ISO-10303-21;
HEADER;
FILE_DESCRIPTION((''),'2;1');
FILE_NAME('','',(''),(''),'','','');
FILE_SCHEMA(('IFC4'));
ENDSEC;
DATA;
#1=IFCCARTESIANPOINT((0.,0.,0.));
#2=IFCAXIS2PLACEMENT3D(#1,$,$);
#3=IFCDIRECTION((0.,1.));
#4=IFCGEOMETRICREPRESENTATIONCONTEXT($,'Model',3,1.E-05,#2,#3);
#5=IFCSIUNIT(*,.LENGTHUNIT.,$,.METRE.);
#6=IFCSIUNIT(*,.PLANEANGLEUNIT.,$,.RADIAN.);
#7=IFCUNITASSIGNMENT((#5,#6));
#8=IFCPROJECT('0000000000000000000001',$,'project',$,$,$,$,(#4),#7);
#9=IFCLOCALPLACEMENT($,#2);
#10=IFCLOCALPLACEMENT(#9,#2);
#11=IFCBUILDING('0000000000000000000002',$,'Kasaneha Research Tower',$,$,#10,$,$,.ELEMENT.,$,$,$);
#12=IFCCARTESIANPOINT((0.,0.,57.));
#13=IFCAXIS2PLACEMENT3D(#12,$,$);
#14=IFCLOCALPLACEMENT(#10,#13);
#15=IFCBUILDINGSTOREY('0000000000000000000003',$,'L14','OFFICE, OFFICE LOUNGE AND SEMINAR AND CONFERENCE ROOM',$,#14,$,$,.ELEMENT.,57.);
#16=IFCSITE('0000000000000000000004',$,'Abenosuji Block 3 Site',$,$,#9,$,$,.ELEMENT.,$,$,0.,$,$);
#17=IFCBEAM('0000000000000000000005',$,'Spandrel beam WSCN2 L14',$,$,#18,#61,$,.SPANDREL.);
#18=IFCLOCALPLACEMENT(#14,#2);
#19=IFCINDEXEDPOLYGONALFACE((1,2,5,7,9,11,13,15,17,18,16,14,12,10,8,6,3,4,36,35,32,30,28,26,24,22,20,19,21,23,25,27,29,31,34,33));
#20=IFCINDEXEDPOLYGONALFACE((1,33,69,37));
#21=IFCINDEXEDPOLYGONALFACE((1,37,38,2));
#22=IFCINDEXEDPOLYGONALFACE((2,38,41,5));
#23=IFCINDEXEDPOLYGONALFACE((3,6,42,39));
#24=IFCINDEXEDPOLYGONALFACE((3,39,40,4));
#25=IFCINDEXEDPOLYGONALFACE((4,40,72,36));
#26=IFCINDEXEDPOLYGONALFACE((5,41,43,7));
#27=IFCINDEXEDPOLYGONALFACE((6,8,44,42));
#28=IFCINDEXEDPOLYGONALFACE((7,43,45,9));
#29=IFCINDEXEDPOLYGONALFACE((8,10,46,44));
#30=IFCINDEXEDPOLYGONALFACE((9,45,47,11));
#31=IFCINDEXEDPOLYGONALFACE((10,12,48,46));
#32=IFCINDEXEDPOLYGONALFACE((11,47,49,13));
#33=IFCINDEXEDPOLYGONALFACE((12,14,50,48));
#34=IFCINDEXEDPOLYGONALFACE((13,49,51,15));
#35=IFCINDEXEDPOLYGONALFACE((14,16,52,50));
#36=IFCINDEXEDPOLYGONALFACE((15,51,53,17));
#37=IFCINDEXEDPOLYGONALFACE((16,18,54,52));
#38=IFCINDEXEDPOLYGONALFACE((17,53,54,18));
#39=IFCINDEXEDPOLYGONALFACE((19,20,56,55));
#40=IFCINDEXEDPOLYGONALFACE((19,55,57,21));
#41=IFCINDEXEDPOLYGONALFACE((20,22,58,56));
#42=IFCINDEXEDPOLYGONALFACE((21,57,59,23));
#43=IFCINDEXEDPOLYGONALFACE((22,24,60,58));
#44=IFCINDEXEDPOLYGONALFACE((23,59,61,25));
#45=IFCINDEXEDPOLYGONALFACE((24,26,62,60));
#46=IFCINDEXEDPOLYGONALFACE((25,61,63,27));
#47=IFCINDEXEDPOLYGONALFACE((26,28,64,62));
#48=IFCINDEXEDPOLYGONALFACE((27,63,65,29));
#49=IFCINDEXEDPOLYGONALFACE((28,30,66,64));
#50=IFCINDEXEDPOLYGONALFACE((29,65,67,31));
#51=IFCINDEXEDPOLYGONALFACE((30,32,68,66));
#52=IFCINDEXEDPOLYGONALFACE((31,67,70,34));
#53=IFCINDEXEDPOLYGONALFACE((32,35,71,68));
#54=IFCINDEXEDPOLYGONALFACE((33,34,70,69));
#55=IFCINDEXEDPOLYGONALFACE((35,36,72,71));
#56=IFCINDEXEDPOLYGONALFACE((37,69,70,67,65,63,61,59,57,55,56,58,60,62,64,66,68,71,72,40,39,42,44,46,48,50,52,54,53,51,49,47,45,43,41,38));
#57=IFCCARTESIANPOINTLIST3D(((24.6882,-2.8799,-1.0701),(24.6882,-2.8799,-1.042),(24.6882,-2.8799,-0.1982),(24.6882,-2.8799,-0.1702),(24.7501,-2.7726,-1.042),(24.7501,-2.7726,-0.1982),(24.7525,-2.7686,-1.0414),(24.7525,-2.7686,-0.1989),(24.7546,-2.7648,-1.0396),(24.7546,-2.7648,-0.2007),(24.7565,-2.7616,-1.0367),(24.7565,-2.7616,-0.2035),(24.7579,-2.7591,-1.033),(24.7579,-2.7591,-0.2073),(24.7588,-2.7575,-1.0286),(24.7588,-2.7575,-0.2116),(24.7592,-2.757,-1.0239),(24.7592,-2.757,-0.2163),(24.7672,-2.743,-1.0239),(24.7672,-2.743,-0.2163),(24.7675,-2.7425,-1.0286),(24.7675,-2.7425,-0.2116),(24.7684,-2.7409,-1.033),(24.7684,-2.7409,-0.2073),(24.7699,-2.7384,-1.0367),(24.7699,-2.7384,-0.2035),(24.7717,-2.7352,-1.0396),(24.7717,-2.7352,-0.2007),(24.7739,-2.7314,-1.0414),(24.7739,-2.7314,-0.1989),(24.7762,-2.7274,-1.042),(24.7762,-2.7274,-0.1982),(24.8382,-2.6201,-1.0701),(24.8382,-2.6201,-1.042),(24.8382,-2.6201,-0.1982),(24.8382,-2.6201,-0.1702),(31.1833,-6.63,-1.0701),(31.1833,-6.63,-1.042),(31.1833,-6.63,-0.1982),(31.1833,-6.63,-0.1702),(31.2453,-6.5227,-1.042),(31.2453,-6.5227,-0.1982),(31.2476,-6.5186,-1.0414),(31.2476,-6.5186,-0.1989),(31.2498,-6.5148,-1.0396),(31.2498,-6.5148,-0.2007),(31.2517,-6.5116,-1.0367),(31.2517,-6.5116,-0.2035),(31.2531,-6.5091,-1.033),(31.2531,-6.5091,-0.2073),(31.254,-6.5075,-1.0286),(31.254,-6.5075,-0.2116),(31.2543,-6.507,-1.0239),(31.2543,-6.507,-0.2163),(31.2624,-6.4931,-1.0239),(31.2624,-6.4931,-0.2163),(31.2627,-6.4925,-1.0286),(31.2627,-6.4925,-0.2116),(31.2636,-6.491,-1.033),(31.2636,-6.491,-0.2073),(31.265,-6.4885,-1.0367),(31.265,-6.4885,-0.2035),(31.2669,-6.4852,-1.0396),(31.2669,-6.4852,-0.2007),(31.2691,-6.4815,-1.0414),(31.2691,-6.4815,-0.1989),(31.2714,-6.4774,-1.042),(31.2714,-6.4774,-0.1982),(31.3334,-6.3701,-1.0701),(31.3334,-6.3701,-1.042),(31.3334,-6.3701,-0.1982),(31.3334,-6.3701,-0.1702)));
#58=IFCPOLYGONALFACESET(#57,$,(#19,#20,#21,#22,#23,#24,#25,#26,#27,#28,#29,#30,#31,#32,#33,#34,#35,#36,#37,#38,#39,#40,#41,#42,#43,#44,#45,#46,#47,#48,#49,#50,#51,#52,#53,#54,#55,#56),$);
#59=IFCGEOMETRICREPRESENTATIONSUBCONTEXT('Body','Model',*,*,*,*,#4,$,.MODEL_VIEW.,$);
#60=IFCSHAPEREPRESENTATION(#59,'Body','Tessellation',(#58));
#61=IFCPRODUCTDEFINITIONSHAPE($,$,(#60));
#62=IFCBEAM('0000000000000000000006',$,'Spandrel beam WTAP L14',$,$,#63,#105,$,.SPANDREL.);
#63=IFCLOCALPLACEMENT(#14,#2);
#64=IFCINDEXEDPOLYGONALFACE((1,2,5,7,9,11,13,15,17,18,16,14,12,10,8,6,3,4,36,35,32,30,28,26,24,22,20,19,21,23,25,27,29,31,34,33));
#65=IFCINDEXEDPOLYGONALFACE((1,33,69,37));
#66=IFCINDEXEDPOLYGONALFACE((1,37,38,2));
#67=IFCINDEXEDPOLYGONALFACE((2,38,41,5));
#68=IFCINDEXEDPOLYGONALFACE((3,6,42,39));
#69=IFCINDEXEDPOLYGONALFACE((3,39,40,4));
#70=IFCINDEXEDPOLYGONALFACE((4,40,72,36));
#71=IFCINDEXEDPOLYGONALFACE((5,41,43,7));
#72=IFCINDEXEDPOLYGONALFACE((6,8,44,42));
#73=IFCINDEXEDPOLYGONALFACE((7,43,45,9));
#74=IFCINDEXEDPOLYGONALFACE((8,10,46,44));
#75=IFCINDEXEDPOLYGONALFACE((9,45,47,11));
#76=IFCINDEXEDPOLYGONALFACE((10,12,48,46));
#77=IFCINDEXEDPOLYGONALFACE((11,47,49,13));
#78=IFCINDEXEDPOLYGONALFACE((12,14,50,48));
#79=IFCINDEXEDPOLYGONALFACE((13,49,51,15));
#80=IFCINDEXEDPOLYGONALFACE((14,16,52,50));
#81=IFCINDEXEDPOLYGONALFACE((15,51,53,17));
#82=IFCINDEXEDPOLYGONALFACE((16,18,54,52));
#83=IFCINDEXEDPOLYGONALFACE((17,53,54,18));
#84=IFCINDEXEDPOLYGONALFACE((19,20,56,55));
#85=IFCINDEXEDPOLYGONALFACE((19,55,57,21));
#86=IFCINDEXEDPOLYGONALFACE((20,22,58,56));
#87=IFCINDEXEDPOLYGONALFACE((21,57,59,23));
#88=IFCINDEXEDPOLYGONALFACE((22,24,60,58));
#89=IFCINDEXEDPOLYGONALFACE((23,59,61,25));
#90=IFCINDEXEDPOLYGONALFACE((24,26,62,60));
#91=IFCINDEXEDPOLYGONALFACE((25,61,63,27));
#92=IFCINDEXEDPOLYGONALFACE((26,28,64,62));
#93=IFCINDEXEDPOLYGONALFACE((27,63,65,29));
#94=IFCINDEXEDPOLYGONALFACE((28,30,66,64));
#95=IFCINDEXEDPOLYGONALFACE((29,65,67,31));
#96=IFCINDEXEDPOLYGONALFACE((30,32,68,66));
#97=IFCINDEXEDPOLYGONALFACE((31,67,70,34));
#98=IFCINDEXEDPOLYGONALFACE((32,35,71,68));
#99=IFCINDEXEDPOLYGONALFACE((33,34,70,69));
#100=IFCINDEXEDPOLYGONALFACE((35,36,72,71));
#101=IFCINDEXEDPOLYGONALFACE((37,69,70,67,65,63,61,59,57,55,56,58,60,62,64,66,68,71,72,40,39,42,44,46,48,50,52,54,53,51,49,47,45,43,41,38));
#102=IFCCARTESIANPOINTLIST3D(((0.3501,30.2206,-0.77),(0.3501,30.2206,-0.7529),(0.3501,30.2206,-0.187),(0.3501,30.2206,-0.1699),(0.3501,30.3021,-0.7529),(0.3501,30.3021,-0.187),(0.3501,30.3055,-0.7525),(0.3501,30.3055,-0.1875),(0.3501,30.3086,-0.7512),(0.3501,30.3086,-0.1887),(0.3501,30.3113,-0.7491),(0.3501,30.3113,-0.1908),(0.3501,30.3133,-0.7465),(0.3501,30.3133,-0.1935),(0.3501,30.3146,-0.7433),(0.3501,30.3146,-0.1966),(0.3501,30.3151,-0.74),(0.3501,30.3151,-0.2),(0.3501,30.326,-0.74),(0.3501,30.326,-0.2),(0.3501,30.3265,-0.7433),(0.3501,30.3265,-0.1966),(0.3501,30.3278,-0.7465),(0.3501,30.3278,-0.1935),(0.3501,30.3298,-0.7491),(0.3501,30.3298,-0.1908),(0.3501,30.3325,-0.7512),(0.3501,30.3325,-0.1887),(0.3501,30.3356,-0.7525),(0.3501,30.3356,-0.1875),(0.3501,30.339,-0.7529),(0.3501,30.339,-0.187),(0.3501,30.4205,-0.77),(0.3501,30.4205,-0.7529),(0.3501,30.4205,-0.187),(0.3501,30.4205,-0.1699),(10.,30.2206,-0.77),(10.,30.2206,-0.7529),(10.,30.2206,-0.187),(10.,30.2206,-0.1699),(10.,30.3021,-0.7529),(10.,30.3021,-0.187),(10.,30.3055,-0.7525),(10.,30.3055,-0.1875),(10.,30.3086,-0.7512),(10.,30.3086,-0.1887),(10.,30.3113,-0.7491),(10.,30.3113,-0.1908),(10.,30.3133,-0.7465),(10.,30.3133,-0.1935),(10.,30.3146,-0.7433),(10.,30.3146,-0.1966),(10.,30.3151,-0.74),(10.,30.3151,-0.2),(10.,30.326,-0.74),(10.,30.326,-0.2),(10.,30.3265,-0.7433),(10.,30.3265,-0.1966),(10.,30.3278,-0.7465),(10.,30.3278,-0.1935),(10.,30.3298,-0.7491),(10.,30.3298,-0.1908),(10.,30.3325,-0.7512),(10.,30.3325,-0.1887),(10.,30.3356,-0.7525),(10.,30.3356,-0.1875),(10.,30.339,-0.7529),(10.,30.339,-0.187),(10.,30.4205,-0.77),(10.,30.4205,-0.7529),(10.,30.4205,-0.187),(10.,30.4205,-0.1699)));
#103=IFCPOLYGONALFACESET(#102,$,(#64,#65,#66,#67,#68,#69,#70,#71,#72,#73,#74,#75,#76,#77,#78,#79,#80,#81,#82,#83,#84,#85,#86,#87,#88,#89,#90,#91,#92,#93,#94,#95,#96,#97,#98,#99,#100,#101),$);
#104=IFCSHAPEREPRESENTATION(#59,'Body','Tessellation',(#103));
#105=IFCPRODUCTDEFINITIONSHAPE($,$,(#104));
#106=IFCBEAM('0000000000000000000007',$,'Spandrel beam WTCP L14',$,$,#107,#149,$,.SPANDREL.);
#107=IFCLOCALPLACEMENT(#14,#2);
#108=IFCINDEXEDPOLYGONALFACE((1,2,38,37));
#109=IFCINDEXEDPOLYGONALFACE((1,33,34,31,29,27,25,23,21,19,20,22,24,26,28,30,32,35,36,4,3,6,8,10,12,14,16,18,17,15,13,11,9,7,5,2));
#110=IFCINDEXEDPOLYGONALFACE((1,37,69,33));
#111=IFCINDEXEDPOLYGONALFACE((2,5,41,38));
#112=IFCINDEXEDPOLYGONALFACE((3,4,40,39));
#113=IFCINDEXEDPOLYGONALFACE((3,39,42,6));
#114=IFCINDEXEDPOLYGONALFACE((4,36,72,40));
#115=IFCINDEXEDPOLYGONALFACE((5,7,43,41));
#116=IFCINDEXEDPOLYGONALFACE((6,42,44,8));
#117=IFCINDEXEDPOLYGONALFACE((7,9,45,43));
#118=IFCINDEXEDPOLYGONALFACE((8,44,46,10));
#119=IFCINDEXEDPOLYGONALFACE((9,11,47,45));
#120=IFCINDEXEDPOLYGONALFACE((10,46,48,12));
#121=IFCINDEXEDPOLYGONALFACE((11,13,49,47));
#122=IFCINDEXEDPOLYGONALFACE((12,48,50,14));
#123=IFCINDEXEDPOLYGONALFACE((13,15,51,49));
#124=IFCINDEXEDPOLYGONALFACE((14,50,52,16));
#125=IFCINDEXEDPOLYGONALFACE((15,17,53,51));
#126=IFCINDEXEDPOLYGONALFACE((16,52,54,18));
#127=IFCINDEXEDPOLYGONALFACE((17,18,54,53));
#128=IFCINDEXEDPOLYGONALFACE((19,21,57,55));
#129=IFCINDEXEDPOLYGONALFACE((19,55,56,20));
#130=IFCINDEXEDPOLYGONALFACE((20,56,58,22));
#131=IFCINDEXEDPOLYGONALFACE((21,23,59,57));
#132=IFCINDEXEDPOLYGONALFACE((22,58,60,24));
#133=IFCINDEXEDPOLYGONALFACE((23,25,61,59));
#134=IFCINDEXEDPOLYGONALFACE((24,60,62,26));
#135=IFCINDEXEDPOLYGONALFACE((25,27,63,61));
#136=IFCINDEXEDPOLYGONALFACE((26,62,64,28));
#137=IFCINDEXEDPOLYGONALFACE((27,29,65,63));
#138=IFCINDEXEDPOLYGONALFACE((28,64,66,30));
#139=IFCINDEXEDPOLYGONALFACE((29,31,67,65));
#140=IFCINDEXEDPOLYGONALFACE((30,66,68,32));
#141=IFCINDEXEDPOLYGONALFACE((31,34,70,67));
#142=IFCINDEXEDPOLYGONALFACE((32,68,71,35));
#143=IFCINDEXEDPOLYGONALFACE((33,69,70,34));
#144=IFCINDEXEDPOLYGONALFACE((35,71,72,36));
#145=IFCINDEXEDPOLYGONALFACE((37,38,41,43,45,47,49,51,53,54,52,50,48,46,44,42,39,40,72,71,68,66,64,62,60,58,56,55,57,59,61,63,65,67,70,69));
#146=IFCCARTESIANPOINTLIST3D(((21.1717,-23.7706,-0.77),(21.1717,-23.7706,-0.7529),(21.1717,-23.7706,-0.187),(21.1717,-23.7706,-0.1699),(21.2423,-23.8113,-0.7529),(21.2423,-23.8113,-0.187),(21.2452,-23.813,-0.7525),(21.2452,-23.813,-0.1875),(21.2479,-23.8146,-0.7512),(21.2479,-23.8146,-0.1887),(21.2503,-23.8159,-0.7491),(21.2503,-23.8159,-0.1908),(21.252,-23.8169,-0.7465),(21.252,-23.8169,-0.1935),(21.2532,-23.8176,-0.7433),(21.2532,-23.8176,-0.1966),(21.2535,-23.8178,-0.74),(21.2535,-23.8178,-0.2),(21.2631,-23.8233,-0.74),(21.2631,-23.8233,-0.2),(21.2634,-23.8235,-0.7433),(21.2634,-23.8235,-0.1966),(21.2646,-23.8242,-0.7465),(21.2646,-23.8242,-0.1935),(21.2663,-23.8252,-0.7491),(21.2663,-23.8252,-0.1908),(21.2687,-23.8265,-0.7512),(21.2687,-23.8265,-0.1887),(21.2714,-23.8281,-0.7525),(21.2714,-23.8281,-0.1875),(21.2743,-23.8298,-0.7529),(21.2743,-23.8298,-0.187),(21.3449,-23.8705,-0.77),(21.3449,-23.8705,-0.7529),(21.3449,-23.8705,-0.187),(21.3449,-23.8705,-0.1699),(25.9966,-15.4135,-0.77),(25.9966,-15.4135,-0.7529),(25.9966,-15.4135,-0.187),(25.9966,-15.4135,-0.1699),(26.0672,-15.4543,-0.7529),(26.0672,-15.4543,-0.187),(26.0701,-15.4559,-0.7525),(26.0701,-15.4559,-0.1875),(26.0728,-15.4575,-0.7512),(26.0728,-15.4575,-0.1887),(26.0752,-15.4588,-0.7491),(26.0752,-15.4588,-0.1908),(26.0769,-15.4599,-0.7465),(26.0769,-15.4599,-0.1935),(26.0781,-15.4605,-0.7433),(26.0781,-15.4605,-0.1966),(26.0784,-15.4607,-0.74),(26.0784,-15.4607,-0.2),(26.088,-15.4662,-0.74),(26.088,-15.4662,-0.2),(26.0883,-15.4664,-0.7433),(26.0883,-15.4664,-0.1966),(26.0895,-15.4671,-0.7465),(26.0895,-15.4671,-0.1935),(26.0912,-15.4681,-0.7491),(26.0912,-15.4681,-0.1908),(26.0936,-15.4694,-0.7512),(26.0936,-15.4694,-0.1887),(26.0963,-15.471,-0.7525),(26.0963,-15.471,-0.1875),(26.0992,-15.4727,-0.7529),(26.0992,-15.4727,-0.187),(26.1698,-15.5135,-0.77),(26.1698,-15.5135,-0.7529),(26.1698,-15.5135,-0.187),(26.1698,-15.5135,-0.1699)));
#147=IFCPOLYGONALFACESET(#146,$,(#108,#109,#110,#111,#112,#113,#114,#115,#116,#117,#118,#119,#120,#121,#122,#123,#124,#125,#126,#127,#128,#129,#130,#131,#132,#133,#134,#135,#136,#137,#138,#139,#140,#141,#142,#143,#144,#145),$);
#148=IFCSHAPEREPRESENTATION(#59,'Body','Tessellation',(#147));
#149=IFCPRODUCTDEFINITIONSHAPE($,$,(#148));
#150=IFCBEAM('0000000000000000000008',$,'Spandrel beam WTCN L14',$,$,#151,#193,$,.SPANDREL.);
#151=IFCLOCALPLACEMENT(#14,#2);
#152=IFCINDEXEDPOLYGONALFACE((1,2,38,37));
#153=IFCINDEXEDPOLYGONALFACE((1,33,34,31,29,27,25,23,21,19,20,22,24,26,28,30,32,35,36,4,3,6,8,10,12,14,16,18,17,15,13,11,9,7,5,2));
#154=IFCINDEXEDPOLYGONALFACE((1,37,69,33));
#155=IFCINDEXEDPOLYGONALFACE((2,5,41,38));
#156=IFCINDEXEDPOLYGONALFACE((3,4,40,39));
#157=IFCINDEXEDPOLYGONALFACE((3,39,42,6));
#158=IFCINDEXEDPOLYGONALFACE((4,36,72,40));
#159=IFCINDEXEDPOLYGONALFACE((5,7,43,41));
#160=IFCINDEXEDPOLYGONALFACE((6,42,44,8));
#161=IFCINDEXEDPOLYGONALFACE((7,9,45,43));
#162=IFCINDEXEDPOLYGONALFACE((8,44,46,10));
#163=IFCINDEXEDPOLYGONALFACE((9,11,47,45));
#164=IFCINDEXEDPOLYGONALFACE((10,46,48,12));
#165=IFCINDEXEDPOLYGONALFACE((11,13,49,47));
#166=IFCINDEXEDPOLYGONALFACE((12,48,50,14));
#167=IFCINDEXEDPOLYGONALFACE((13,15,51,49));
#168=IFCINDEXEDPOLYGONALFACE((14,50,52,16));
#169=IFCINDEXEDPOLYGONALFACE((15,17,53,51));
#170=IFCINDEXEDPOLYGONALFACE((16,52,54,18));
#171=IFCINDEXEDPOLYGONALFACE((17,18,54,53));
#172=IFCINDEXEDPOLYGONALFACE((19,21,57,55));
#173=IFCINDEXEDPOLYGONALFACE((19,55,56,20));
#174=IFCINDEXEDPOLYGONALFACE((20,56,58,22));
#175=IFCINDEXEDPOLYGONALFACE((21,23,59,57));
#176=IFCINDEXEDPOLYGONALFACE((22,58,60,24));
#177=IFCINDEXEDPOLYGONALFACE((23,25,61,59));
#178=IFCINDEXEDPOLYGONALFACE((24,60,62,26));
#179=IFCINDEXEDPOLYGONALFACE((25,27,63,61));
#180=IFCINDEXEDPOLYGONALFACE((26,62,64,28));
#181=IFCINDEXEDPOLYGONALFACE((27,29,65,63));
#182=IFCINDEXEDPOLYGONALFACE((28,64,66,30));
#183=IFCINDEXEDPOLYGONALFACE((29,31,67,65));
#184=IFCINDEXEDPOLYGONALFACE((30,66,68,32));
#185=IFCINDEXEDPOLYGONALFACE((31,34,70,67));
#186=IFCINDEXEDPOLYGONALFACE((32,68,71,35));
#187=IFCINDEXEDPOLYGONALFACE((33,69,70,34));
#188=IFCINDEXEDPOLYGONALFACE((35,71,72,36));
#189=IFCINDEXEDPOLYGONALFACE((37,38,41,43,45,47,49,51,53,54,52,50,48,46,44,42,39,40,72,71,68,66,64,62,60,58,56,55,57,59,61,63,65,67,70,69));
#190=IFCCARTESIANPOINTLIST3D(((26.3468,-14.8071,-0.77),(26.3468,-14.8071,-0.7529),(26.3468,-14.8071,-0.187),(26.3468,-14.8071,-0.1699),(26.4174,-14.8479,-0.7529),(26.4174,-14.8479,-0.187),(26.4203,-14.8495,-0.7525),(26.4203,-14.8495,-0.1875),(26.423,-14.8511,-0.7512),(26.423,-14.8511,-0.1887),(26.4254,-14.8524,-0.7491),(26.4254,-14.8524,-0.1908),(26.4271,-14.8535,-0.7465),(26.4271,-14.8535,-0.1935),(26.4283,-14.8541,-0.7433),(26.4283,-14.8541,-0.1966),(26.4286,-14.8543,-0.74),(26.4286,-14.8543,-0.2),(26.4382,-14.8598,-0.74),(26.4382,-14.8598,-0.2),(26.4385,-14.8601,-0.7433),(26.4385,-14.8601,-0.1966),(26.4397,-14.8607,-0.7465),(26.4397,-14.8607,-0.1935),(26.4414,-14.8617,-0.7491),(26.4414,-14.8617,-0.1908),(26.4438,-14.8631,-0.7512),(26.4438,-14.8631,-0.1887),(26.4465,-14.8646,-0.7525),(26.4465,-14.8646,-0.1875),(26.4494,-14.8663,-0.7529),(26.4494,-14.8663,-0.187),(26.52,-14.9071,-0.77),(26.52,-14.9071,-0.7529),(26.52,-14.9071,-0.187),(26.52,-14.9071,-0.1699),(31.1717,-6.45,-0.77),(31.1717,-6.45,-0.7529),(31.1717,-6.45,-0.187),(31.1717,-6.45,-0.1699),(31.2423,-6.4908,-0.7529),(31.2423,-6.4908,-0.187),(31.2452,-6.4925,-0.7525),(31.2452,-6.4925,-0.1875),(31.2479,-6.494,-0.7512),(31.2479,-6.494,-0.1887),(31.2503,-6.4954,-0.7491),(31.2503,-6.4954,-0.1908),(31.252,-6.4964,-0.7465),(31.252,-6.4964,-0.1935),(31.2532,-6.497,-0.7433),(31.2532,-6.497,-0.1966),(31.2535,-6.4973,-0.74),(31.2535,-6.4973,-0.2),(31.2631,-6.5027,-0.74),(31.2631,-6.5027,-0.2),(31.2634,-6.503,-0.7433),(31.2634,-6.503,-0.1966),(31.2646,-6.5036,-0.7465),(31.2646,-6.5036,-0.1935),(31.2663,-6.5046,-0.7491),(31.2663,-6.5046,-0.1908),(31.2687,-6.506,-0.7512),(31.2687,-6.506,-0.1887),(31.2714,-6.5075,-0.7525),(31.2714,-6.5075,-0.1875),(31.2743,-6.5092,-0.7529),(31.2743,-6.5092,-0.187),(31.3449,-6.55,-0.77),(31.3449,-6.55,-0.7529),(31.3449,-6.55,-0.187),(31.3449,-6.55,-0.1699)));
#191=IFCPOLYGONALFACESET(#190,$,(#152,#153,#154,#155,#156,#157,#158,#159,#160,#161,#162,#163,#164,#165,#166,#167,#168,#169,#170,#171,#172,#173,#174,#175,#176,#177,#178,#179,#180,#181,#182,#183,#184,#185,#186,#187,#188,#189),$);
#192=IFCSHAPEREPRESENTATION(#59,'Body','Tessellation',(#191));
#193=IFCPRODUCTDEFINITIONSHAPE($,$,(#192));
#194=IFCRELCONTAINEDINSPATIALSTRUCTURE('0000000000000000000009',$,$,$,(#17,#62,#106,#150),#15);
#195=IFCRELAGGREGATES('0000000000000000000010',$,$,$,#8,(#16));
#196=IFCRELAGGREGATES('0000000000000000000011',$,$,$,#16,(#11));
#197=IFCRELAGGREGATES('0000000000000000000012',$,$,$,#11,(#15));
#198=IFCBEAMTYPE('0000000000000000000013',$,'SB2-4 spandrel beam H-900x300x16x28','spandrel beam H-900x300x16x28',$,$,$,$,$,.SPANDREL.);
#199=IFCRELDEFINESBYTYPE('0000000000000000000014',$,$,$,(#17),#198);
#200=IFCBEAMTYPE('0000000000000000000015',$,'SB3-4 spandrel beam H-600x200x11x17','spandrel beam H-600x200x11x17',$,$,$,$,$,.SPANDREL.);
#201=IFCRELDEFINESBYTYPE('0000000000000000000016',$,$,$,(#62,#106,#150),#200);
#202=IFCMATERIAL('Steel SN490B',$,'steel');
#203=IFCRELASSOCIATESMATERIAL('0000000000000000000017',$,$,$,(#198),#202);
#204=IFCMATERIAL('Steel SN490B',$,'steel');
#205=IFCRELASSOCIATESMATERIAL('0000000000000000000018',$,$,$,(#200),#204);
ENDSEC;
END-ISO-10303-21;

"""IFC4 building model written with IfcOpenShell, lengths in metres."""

from ifc_helpers import new_model, si_unit, direction, frame, origin, origin_2d, place, context, subcontext, project, spatial, i_section, extrude, material, material_profile, profile_set, type_object, element, save


model = new_model("IFC4")

# Units and contexts
model_context = context("Model", 3, precision=1e-05, world=origin(), true_north=direction((0.0, 1.0)))
body_context = subcontext(model_context, "Body", "Model", "MODEL_VIEW")
ifc_project = project(units=[si_unit("LENGTHUNIT", "METRE"), si_unit("PLANEANGLEUNIT", "RADIAN")], contexts=[model_context])

# Site, building, storey
site_placement = place(None, origin())
site = spatial("IfcSite", under=ifc_project, at=site_placement, Name="Abenosuji Block 3 Site", CompositionType="ELEMENT", RefElevation=0.0)
building_placement = place(site_placement, origin())
building = spatial("IfcBuilding", under=site, at=building_placement, Name="Kasaneha Research Tower", CompositionType="ELEMENT")
storey_placement = place(building_placement, frame((0.0, 0.0, 57.0)))
storey = spatial("IfcBuildingStorey", under=building, at=storey_placement, Name="L14", Description="OFFICE, OFFICE LOUNGE AND SEMINAR AND CONFERENCE ROOM", CompositionType="ELEMENT", Elevation=57.0)

# Beams
ifc_material_1 = material(Name="Steel SN490B", Category="steel")
ifc_material_profile_1 = material_profile(ifc_material_1, i_section(OverallWidth=0.3, OverallDepth=0.8999, WebThickness=0.0161, FlangeThickness=0.0281, FilletRadius=0.0181, at=origin_2d()), Name="H-900x300x16x28")
ifc_profile_set_1 = profile_set([ifc_material_profile_1], Name="Steel SN490B")
beam_type_1 = type_object("IfcBeamType", Name="SB2-4 spandrel beam H-900x300x16x28", Description="spandrel beam H-900x300x16x28", PredefinedType="SPANDREL", material=ifc_profile_set_1)
for number, where, z_axis, x_axis, name in (
    (1, (24.7632, -2.75, -0.6201), (0.866023, -0.500004, 0.0), (0.500004, 0.866023, 0.0), "Spandrel beam WSCN2 L14"),
):
    element("IfcBeam", number, at=place(storey_placement, frame(where, z_axis=z_axis, x_axis=x_axis)), inside=storey, type_object=beam_type_1, Name=name, PredefinedType="SPANDREL", context=body_context, shape_type="SweptSolid", body=[
        extrude(i_section(OverallWidth=0.3, OverallDepth=0.8999, WebThickness=0.0161, FlangeThickness=0.0281, FilletRadius=0.0181, at=origin_2d()), origin(), (0.0, 0.0, 1.0), 7.5),
    ])
ifc_material_2 = material(Name="Steel SN490B", Category="steel")
ifc_material_profile_2 = material_profile(ifc_material_2, i_section(OverallWidth=0.2, OverallDepth=0.6001, WebThickness=0.011, FlangeThickness=0.0171, FilletRadius=0.0129, at=origin_2d()), Name="H-600x200x11x17")
ifc_profile_set_2 = profile_set([ifc_material_profile_2], Name="Steel SN490B")
beam_type_2 = type_object("IfcBeamType", Name="SB3-4 spandrel beam H-600x200x11x17", Description="spandrel beam H-600x200x11x17", PredefinedType="SPANDREL", material=ifc_profile_set_2)
for number, where, z_axis, x_axis, name in (
    (2, (10.0, 30.3206, -0.47), (-1.0, 0.0, 0.0), (0.0, -1.0, 0.0), "Spandrel beam WTAP L14"),
    (3, (21.2583, -23.8206, -0.47), (0.499995, 0.866028, 0.0), (-0.866028, 0.499995, 0.0), "Spandrel beam WTCP L14"),
    (4, (31.2583, -6.5, -0.47), (-0.499995, -0.866028, 0.0), (0.866028, -0.499995, 0.0), "Spandrel beam WTCN L14"),
):
    element("IfcBeam", number, at=place(storey_placement, frame(where, z_axis=z_axis, x_axis=x_axis)), inside=storey, type_object=beam_type_2, Name=name, PredefinedType="SPANDREL", context=body_context, shape_type="SweptSolid", body=[
        extrude(i_section(OverallWidth=0.2, OverallDepth=0.6001, WebThickness=0.011, FlangeThickness=0.0171, FilletRadius=0.0129, at=origin_2d()), origin(), (0.0, 0.0, 1.0), 9.6499),
    ])

save(model, "model.ifc")
